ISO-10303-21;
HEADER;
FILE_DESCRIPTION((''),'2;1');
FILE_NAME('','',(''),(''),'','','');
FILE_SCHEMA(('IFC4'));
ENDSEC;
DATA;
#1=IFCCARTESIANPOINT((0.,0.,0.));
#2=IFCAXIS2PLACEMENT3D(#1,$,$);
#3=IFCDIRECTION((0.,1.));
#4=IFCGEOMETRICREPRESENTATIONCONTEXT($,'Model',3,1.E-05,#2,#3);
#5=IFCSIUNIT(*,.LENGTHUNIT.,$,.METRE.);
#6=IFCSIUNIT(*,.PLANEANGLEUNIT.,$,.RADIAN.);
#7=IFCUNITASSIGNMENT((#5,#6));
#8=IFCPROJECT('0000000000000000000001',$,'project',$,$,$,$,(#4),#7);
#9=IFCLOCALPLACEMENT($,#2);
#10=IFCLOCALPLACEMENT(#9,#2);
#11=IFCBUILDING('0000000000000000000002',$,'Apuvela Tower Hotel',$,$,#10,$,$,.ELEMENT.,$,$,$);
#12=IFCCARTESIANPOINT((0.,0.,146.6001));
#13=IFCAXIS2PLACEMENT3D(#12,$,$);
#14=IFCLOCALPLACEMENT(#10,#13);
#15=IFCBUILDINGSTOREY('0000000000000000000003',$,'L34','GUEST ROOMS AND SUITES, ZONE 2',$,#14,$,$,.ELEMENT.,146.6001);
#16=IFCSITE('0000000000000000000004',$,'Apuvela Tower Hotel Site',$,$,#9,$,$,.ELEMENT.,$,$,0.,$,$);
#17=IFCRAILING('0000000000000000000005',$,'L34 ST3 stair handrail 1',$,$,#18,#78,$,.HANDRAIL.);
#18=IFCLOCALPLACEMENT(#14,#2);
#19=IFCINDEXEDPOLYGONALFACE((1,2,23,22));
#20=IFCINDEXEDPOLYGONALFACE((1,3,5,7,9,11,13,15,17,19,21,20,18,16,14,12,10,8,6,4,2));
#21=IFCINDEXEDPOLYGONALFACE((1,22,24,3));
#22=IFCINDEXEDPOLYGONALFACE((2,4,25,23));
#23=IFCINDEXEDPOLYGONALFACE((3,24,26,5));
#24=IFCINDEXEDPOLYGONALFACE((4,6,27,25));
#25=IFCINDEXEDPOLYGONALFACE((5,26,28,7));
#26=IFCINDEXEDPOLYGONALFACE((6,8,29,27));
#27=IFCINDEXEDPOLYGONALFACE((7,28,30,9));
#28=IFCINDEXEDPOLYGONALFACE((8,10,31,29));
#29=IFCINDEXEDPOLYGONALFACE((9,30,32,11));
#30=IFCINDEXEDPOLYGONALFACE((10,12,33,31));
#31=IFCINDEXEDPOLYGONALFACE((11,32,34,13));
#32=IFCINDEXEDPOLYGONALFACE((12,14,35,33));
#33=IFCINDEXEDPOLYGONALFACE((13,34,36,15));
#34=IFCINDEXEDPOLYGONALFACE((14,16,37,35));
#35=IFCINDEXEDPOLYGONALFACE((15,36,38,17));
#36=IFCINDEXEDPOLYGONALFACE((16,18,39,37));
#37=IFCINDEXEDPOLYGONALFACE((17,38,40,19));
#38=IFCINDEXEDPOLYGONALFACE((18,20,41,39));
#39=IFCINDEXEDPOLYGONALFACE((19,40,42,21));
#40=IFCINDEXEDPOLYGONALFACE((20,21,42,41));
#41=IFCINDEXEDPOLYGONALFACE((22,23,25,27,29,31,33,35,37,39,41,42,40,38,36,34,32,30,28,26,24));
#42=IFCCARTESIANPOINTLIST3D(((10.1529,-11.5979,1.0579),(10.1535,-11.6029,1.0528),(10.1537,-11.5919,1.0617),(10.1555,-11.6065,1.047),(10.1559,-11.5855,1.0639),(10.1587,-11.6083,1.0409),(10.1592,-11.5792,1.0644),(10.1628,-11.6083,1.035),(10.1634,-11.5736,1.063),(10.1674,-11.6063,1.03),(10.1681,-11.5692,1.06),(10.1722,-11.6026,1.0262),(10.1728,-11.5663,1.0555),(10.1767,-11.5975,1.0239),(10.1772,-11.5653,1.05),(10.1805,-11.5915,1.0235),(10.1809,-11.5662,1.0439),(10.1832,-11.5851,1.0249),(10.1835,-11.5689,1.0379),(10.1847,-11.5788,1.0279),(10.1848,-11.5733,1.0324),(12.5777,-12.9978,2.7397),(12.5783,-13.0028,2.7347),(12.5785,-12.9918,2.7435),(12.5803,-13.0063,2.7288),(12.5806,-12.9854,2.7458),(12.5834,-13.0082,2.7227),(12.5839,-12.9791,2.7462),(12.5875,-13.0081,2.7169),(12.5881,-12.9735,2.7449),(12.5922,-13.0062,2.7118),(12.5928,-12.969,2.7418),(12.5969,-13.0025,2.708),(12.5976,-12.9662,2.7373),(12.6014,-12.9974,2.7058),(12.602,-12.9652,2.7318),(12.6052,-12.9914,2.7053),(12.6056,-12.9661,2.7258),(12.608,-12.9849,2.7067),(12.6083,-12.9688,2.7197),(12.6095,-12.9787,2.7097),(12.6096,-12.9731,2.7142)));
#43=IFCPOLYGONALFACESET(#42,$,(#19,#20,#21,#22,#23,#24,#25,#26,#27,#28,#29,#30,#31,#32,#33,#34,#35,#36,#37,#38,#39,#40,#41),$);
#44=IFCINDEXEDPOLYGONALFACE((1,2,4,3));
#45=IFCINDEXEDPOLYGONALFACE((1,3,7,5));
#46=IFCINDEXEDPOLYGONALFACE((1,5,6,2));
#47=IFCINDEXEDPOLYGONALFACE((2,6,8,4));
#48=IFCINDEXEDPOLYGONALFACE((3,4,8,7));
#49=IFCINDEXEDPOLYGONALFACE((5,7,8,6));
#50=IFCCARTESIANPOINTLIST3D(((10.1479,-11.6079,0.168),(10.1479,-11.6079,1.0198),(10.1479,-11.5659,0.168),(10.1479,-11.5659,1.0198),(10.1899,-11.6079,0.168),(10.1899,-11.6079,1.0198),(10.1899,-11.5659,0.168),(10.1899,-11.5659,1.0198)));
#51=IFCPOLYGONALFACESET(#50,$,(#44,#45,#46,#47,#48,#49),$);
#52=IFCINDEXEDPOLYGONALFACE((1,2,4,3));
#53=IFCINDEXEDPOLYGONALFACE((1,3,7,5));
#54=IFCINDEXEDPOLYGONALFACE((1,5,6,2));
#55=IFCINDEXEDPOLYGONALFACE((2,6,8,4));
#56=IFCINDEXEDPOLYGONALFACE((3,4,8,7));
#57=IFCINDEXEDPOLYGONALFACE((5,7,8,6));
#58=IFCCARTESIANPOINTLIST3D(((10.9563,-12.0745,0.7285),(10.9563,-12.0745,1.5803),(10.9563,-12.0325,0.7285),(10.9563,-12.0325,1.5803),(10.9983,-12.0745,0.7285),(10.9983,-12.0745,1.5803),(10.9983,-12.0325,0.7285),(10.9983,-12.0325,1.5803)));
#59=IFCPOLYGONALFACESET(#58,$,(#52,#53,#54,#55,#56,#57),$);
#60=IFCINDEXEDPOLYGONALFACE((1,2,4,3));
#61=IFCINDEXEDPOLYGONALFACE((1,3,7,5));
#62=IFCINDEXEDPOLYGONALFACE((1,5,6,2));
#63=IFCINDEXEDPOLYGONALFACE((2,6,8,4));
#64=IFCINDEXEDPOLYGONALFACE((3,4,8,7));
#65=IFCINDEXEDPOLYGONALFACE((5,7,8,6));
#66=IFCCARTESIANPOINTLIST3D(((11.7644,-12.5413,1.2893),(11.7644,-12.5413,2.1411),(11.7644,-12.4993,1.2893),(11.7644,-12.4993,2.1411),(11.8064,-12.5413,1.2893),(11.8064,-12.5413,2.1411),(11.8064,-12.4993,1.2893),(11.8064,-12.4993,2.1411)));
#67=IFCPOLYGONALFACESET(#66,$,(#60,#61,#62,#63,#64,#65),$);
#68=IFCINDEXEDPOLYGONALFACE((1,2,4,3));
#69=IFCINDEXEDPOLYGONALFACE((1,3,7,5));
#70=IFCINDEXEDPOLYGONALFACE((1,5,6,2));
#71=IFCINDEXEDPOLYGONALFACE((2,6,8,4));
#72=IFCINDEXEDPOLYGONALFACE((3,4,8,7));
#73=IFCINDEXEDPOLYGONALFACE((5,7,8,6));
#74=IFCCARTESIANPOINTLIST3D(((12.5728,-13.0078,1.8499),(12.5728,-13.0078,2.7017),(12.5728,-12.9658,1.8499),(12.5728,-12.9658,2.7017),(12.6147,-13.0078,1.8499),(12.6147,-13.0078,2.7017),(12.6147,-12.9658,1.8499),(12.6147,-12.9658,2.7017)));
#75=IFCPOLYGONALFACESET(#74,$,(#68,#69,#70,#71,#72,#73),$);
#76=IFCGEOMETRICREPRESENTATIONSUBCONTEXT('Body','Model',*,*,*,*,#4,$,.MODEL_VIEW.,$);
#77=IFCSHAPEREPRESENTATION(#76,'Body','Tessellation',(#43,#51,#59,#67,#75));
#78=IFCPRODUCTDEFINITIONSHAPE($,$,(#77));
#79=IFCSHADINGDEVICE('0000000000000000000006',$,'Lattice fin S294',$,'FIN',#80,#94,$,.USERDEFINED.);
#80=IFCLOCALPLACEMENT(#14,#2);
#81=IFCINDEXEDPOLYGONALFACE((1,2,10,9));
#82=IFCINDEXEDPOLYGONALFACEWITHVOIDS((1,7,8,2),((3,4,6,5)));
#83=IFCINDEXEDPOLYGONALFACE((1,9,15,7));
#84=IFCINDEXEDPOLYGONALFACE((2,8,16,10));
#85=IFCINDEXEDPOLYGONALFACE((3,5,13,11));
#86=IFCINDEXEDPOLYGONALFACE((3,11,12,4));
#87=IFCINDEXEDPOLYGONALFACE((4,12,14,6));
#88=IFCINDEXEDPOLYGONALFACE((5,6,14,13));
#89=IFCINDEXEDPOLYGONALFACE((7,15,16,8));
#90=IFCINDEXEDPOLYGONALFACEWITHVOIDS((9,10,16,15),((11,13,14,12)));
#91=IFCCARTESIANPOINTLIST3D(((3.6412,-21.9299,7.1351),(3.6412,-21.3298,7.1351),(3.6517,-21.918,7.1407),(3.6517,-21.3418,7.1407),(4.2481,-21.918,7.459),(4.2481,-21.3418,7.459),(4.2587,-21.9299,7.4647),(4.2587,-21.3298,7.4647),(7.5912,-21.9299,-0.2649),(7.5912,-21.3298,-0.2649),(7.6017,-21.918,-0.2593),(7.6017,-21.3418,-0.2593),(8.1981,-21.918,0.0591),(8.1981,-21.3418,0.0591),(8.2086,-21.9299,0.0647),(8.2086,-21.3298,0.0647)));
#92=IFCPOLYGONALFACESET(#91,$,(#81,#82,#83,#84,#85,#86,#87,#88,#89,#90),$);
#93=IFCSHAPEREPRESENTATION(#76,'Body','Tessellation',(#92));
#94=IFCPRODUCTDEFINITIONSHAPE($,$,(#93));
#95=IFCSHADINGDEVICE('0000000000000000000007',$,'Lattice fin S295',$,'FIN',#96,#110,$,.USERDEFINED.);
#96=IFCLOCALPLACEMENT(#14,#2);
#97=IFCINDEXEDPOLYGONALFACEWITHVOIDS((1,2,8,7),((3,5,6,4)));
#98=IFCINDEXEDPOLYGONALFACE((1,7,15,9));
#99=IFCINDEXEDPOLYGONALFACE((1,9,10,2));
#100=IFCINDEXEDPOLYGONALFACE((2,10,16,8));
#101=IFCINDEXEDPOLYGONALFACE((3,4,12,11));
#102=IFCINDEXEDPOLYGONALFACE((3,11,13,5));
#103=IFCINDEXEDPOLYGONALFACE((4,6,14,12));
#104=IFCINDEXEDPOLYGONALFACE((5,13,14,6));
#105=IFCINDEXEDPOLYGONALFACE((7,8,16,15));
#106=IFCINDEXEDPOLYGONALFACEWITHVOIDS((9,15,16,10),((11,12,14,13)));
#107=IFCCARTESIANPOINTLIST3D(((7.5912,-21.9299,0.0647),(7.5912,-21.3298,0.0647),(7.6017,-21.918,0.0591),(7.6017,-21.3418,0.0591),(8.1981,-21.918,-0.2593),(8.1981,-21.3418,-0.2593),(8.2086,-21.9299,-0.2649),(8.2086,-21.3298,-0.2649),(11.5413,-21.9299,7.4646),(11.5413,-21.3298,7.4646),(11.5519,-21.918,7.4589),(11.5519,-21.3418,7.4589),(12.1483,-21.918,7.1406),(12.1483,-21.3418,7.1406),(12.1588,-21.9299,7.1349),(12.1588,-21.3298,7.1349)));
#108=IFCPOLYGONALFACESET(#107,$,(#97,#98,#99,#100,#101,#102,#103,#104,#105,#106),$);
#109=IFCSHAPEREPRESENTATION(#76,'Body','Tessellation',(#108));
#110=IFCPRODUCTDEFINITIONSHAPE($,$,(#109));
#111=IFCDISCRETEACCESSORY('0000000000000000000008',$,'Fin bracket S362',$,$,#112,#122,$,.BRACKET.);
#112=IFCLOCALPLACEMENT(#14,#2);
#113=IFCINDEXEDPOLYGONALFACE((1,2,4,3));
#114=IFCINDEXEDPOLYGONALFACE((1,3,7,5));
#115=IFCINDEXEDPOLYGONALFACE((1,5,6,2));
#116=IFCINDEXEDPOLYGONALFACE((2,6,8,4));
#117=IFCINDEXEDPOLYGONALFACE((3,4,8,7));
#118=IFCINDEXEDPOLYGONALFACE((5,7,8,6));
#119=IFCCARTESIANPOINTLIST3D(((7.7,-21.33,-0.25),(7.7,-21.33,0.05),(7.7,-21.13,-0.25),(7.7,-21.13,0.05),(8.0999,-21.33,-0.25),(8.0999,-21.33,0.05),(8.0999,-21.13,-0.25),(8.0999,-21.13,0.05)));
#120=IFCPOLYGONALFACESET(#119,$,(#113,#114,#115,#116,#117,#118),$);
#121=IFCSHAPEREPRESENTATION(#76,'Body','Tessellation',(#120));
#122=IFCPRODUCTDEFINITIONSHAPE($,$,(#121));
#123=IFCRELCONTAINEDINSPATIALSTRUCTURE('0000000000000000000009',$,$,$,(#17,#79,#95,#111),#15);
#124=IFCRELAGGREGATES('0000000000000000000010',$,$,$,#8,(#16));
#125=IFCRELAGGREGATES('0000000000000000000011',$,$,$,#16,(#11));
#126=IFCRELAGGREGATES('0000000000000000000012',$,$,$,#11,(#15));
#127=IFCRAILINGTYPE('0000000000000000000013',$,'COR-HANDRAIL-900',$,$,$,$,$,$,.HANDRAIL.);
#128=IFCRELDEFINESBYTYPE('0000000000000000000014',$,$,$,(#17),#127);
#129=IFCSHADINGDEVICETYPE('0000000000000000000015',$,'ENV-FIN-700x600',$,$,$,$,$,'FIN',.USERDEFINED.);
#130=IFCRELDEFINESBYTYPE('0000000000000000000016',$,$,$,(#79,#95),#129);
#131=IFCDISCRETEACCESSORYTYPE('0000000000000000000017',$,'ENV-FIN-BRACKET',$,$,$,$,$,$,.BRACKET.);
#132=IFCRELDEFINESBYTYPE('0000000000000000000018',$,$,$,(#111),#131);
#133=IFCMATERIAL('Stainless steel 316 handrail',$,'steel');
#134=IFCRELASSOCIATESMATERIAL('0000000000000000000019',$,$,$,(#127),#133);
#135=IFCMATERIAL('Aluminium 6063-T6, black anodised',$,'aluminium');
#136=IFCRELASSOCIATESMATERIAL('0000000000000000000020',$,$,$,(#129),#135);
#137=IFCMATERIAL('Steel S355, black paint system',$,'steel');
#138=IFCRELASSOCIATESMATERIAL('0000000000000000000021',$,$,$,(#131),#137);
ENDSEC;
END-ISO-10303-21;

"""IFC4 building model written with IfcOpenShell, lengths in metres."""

from ifc_helpers import new_model, si_unit, direction, frame, origin, origin_2d, place, context, subcontext, project, spatial, rectangle, hollow_rectangle, circle, extrude, material, material_profile, profile_set, type_object, element, save


model = new_model("IFC4")

# Units and contexts
model_context = context("Model", 3, precision=1e-05, world=origin(), true_north=direction((0.0, 1.0)))
body_context = subcontext(model_context, "Body", "Model", "MODEL_VIEW")
ifc_project = project(units=[si_unit("LENGTHUNIT", "METRE"), si_unit("PLANEANGLEUNIT", "RADIAN")], contexts=[model_context])

# Site, building, storey
site_placement = place(None, origin())
site = spatial("IfcSite", under=ifc_project, at=site_placement, Name="Apuvela Tower Hotel Site", CompositionType="ELEMENT", RefElevation=0.0)
building_placement = place(site_placement, origin())
building = spatial("IfcBuilding", under=site, at=building_placement, Name="Apuvela Tower Hotel", CompositionType="ELEMENT")
storey_placement = place(building_placement, frame((0.0, 0.0, 146.6001)))
storey = spatial("IfcBuildingStorey", under=building, at=storey_placement, Name="L34", Description="GUEST ROOMS AND SUITES, ZONE 2", CompositionType="ELEMENT", Elevation=146.6001)

# Railing
ifc_material_1 = material(Name="Stainless steel 316 handrail", Category="steel")
railing_type_1 = type_object("IfcRailingType", Name="COR-HANDRAIL-900", PredefinedType="HANDRAIL", material=ifc_material_1)
railing_1_placement = place(storey_placement, frame((10.1689, -11.5869, 0.168)))
element("IfcRailing", 1, at=railing_1_placement, inside=storey, type_object=railing_type_1, Name="L34 ST3 stair handrail 1", PredefinedType="HANDRAIL", context=body_context, shape_type="SweptSolid", body=[
    extrude(circle(Radius=0.0239, at=origin_2d()), frame((0.0, 0.0, 0.876), z_axis=(0.74239, -0.428601, 0.514934), x_axis=(0.499984, 0.866035, 0.0)), (0.0, 0.0, 1.0), 3.2661),
    extrude(rectangle(XDim=0.042, YDim=0.042, at=origin_2d()), origin(), (0.0, 0.0, 1.0), 0.8518),
    extrude(rectangle(XDim=0.042, YDim=0.042, at=origin_2d()), frame((0.8083, -0.4666, 0.5605)), (0.0, 0.0, 1.0), 0.8518),
    extrude(rectangle(XDim=0.042, YDim=0.042, at=origin_2d()), frame((1.6165, -0.9333, 1.1213)), (0.0, 0.0, 1.0), 0.8518),
    extrude(rectangle(XDim=0.042, YDim=0.042, at=origin_2d()), frame((2.4248, -1.3999, 1.6819)), (0.0, 0.0, 1.0), 0.8518),
])

# Shading devices
ifc_material_2 = material(Name="Aluminium 6063-T6, black anodised", Category="aluminium")
ifc_material_profile_1 = material_profile(ifc_material_2, hollow_rectangle(XDim=0.6001, YDim=0.7, WallThickness=0.012, at=origin_2d()), Name="AL BOX 700x600x12")
ifc_profile_set_1 = profile_set([ifc_material_profile_1], Name="Aluminium 6063-T6, black anodised")
shading_device_type = type_object("IfcShadingDeviceType", Name="ENV-FIN-700x600", ElementType="FIN", PredefinedType="USERDEFINED", material=ifc_profile_set_1)
for number, where, z_axis, x_axis, name in (
    (2, (7.8999, -21.6299, -0.1001), (-0.470898, 0.0, 0.882188), (0.0, -1.0, 0.0), "Lattice fin S294"),
    (3, (7.8999, -21.6299, -0.1001), (0.470921, 0.0, 0.882176), (0.0, 1.0, 0.0), "Lattice fin S295"),
):
    element("IfcShadingDevice", number, at=place(storey_placement, frame(where, z_axis=z_axis, x_axis=x_axis)), inside=storey, type_object=shading_device_type, Name=name, ObjectType="FIN", PredefinedType="USERDEFINED", context=body_context, shape_type="SweptSolid", body=[
        extrude(hollow_rectangle(XDim=0.6001, YDim=0.7, WallThickness=0.012, at=origin_2d()), origin(), (0.0, 0.0, 1.0), 8.3882),
    ])

# Discrete accessory
ifc_material_3 = material(Name="Steel S355, black paint system", Category="steel")
discrete_accessory_type = type_object("IfcDiscreteAccessoryType", Name="ENV-FIN-BRACKET", PredefinedType="BRACKET", material=ifc_material_3)
discrete_accessory_placement = place(storey_placement, frame((7.8999, -21.23, -0.25), z_axis=(0.0, 0.0, 1.0), x_axis=(1.0, 0.0, 0.0)))
element("IfcDiscreteAccessory", 4, at=discrete_accessory_placement, inside=storey, type_object=discrete_accessory_type, Name="Fin bracket S362", PredefinedType="BRACKET", context=body_context, shape_type="SweptSolid", body=[
    extrude(rectangle(XDim=0.3999, YDim=0.2, at=origin_2d()), origin(), (0.0, 0.0, 1.0), 0.3),
])

save(model, "model.ifc")
